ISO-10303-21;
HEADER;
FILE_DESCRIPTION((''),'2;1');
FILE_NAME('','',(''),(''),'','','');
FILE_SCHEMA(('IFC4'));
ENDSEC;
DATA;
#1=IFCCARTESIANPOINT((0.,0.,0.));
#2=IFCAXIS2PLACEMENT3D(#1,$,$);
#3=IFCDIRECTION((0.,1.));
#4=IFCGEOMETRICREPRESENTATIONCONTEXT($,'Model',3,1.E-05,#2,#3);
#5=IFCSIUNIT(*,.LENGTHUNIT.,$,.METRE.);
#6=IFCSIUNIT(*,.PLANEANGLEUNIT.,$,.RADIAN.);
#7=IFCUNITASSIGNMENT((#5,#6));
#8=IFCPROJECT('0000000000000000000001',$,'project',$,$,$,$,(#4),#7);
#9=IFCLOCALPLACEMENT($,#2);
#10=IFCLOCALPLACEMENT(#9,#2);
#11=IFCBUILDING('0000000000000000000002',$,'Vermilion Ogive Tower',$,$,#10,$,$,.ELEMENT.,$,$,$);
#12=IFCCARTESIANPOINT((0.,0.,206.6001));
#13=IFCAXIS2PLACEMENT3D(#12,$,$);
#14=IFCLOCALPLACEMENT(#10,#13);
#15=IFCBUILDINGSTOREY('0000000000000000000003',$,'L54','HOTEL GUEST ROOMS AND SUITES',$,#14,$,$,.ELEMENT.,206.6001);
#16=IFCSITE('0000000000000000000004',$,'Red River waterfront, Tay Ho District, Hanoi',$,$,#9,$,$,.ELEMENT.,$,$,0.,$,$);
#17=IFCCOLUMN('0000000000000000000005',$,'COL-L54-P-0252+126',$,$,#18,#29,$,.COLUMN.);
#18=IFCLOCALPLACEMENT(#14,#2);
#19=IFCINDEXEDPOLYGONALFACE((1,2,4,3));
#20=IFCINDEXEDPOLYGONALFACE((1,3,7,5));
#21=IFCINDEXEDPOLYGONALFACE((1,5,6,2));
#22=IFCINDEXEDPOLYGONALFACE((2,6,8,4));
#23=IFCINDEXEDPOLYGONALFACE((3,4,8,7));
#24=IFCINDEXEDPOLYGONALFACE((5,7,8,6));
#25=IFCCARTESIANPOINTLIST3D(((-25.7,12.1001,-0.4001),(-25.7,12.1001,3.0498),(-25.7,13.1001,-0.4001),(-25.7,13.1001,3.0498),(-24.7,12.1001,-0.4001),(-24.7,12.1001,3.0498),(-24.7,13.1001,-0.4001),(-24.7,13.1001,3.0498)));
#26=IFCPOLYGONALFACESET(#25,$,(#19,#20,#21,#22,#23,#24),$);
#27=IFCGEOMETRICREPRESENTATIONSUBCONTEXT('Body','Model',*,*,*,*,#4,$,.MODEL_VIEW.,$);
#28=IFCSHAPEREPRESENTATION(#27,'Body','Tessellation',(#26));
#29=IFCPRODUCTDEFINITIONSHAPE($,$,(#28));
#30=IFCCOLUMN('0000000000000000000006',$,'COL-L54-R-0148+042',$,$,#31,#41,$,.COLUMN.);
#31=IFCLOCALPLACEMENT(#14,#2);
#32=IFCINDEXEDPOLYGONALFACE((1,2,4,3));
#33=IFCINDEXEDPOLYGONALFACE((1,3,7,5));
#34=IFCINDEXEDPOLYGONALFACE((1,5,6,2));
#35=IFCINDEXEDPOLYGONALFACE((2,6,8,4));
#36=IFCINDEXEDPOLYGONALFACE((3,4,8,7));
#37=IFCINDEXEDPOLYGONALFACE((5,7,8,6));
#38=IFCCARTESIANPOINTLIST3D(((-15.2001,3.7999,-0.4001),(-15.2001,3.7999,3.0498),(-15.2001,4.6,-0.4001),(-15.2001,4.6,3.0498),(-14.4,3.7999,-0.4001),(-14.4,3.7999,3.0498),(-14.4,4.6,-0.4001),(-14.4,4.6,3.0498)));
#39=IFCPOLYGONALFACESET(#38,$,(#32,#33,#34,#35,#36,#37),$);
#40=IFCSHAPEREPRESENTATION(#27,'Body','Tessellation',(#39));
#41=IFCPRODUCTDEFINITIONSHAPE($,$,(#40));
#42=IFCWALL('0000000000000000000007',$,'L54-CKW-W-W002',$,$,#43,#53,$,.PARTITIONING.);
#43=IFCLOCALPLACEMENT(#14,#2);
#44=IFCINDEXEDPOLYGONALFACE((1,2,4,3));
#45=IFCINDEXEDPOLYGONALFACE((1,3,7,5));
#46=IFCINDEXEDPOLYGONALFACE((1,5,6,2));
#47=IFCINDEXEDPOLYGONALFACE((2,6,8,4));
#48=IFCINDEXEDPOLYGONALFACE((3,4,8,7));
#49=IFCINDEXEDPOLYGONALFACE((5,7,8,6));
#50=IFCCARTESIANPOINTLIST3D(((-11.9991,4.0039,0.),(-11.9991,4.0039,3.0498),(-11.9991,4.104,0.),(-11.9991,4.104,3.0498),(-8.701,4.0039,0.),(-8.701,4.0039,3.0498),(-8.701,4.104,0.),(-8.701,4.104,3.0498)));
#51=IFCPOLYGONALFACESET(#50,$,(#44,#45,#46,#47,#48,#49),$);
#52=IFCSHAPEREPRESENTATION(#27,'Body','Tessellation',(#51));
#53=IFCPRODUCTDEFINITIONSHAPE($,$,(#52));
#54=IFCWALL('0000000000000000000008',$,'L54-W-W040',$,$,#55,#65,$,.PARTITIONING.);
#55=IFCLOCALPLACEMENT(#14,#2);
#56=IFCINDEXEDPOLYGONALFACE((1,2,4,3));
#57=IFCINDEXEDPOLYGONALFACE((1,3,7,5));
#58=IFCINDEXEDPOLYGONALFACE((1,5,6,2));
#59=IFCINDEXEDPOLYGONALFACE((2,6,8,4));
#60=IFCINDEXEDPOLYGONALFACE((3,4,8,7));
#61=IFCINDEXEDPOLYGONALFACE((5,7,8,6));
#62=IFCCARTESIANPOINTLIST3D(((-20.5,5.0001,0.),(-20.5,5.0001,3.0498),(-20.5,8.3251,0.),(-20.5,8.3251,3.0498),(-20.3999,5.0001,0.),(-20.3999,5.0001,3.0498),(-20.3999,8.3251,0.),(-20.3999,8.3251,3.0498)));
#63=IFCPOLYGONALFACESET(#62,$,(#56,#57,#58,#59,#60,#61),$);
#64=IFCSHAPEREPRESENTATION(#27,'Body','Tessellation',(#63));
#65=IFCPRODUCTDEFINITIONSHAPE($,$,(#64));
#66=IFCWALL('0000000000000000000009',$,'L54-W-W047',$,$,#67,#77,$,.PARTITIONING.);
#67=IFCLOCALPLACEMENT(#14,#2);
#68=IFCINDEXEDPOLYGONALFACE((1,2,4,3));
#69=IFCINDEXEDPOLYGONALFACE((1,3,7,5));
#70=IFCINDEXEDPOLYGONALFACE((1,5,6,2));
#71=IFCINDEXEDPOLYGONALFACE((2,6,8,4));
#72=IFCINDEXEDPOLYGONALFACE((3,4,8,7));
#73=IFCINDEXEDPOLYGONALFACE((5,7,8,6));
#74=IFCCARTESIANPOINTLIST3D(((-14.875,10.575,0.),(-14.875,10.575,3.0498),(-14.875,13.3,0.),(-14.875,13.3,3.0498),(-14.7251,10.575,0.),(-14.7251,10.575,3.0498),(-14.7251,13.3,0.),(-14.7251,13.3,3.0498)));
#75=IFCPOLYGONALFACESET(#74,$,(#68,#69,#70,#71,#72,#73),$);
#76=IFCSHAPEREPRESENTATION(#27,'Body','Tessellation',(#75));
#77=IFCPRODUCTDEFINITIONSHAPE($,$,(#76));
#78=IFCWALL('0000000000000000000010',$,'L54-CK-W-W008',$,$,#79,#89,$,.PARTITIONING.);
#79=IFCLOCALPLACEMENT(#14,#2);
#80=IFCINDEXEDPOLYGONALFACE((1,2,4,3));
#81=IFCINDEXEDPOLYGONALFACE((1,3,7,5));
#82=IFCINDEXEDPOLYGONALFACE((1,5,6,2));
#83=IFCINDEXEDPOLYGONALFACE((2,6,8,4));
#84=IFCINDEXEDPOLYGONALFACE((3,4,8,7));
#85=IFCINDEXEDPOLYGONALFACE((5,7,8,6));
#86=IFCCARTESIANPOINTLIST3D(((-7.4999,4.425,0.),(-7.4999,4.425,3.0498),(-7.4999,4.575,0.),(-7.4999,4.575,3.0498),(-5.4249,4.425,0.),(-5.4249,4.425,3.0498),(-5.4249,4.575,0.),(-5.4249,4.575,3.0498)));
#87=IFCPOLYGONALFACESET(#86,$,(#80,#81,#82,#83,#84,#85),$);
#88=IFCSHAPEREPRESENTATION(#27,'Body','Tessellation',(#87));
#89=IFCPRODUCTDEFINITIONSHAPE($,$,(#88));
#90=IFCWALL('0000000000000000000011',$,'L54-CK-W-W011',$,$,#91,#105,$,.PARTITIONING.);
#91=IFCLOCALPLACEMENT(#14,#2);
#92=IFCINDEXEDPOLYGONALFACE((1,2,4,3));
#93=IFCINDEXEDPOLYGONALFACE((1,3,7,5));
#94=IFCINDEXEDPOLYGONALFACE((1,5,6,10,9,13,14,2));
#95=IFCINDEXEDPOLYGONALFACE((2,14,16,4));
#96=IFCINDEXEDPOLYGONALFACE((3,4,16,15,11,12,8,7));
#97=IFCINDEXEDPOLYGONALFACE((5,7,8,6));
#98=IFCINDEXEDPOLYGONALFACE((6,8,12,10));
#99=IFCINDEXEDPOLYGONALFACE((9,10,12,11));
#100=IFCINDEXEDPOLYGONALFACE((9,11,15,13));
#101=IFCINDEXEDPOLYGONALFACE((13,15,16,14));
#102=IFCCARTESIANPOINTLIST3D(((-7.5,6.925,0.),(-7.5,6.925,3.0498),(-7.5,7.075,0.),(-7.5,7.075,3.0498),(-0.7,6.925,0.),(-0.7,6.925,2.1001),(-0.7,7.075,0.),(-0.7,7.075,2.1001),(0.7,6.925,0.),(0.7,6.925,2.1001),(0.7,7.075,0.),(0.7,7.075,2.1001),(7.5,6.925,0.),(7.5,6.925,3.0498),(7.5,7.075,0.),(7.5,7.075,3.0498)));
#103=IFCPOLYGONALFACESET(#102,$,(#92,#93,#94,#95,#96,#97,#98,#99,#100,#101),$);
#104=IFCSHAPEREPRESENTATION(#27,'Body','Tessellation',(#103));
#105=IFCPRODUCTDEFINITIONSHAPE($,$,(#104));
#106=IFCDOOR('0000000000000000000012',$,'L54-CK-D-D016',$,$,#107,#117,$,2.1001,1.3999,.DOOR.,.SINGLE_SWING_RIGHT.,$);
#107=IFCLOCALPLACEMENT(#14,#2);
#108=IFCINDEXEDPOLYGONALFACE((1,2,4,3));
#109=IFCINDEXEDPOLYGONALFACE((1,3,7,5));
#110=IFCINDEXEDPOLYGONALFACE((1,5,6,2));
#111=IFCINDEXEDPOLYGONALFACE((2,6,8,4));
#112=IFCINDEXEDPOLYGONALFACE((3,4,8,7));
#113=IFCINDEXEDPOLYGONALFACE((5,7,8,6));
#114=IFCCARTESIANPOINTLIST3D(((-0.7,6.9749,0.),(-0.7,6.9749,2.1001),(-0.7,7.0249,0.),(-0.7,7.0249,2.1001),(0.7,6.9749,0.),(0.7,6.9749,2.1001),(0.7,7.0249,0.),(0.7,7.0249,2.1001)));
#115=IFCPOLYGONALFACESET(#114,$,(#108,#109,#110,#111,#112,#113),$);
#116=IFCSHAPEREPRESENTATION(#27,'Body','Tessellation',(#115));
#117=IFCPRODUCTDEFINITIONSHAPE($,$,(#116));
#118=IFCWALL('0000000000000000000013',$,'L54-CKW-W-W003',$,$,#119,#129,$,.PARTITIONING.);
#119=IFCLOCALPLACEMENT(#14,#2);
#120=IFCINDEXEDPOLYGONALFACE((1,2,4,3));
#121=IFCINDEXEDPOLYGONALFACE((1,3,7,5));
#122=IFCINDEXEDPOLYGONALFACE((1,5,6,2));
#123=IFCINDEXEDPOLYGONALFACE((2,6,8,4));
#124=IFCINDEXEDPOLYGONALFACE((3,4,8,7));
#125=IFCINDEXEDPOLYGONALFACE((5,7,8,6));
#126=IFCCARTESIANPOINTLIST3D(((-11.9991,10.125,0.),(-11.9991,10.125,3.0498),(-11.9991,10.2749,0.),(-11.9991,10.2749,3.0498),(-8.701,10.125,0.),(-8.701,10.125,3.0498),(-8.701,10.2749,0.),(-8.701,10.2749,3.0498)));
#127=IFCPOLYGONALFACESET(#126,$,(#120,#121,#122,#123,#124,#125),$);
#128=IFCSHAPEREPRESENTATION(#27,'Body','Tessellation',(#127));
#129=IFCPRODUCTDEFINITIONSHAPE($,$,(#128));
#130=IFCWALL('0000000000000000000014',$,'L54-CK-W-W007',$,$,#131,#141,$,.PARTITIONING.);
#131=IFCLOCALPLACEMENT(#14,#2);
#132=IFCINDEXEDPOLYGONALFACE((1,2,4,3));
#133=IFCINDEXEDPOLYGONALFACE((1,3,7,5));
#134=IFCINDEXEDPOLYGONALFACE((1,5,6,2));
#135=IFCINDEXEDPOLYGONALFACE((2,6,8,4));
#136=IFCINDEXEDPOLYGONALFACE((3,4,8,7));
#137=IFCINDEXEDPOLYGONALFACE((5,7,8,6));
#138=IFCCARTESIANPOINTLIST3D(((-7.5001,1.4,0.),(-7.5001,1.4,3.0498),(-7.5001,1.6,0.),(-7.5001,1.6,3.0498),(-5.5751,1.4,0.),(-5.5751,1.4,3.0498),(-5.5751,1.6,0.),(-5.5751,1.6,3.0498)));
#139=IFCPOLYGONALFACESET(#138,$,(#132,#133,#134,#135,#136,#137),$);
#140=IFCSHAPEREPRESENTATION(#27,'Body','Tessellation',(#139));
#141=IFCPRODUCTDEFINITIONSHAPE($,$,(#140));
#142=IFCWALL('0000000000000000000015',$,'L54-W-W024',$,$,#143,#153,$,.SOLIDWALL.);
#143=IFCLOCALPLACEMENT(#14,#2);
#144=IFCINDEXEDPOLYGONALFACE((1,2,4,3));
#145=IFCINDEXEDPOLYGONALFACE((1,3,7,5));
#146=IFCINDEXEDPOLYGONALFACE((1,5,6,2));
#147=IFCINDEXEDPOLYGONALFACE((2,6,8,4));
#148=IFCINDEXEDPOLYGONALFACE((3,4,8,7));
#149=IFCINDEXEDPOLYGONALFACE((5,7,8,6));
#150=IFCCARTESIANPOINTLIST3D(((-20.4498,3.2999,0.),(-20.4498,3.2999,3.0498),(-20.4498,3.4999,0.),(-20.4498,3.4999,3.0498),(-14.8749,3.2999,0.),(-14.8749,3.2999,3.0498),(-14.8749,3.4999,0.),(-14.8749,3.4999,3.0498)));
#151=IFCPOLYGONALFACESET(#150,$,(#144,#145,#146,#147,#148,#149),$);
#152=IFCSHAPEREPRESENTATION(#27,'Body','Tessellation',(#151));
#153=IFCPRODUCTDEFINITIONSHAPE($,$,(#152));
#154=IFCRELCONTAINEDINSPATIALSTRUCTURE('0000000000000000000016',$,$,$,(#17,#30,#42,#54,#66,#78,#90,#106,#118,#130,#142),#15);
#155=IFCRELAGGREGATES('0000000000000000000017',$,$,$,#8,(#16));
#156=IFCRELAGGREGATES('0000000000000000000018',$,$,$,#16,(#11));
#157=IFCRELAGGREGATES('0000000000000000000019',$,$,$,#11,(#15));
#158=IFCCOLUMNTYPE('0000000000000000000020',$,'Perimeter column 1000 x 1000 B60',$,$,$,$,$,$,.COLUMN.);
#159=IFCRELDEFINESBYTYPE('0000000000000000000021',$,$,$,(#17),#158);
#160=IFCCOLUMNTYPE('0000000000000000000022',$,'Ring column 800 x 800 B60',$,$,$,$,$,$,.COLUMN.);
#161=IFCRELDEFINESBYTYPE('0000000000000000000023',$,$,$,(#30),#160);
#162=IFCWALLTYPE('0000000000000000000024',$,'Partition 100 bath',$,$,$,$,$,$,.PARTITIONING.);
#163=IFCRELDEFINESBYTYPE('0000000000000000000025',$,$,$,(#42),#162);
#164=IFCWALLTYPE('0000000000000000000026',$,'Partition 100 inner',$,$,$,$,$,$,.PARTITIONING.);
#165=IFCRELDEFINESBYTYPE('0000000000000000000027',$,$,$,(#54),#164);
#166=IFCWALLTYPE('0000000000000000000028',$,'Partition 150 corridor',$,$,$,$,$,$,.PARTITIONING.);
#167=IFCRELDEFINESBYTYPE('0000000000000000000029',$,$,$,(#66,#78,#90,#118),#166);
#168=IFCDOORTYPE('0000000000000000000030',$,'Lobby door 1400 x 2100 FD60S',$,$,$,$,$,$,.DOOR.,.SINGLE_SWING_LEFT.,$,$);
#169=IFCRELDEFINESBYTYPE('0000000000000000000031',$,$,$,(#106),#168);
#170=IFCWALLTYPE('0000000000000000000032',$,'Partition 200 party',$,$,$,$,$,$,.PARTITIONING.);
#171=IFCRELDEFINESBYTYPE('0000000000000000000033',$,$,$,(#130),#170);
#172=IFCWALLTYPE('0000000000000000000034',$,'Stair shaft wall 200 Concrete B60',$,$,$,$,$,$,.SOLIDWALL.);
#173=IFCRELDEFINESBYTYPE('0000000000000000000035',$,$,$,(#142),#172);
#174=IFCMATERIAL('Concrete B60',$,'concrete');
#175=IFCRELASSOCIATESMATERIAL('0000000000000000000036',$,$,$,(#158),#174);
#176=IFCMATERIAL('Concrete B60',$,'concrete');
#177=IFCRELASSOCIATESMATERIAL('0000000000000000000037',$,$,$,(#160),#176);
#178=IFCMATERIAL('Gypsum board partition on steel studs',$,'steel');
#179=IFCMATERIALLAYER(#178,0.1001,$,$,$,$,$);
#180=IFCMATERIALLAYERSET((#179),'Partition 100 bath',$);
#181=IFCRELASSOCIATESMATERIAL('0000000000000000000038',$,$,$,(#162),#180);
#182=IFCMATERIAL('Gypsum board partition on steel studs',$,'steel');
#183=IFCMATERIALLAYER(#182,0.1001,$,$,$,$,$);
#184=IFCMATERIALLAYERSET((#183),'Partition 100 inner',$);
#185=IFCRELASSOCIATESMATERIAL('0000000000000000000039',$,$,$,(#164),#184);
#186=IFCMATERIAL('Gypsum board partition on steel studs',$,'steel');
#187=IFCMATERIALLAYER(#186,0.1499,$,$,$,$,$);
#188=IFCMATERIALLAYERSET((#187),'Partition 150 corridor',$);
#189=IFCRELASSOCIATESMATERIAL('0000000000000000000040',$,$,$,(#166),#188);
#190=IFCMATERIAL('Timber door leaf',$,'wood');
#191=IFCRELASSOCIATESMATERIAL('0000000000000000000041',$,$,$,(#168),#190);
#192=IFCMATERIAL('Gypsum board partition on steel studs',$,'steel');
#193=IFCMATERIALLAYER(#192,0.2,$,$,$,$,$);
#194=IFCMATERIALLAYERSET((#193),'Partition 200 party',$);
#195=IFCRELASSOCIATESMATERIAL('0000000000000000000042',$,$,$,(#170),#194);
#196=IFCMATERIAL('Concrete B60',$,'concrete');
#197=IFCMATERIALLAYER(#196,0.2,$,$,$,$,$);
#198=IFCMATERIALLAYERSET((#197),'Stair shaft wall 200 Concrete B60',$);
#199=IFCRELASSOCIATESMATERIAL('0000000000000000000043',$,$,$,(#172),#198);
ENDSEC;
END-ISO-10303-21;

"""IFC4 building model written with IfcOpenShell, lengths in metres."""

from ifc_helpers import new_model, si_unit, direction, frame, frame_2d, origin, origin_2d, place, context, subcontext, project, spatial, rectangle, extrude, material, layer, layer_set, material_profile, profile_set, type_object, element, fill, save


model = new_model("IFC4")

# Units and contexts
model_context = context("Model", 3, precision=1e-05, world=origin(), true_north=direction((0.0, 1.0)))
body_context = subcontext(model_context, "Body", "Model", "MODEL_VIEW")
ifc_project = project(units=[si_unit("LENGTHUNIT", "METRE"), si_unit("PLANEANGLEUNIT", "RADIAN")], contexts=[model_context])

# Site, building, storey
site_placement = place(None, origin())
site = spatial("IfcSite", under=ifc_project, at=site_placement, Name="Red River waterfront, Tay Ho District, Hanoi", CompositionType="ELEMENT", RefElevation=0.0)
building_placement = place(site_placement, origin())
building = spatial("IfcBuilding", under=site, at=building_placement, Name="Vermilion Ogive Tower", CompositionType="ELEMENT")
storey_placement = place(building_placement, frame((0.0, 0.0, 206.6001)))
storey = spatial("IfcBuildingStorey", under=building, at=storey_placement, Name="L54", Description="HOTEL GUEST ROOMS AND SUITES", CompositionType="ELEMENT", Elevation=206.6001)

# Columns
ifc_material_1 = material(Name="Concrete B60", Category="concrete")
ifc_material_profile_1 = material_profile(ifc_material_1, rectangle(XDim=1.0, YDim=1.0, at=origin_2d()), Name="1000 x 1000")
ifc_profile_set_1 = profile_set([ifc_material_profile_1], Name="Concrete B60")
column_type_1 = type_object("IfcColumnType", Name="Perimeter column 1000 x 1000 B60", PredefinedType="COLUMN", material=ifc_profile_set_1)
column_1_placement = place(storey_placement, frame((-25.2, 12.6001, -0.4001), z_axis=(0.0, 0.0, 1.0), x_axis=(1.0, 0.0, 0.0)))
element("IfcColumn", 1, at=column_1_placement, inside=storey, type_object=column_type_1, Name="COL-L54-P-0252+126", PredefinedType="COLUMN", context=body_context, shape_type="SweptSolid", body=[
    extrude(rectangle(XDim=1.0, YDim=1.0, at=origin_2d()), origin(), (0.0, 0.0, 1.0), 3.45),
])
ifc_material_2 = material(Name="Concrete B60", Category="concrete")
ifc_material_profile_2 = material_profile(ifc_material_2, rectangle(XDim=0.8, YDim=0.8, at=origin_2d()), Name="800 x 800")
ifc_profile_set_2 = profile_set([ifc_material_profile_2], Name="Concrete B60")
column_type_2 = type_object("IfcColumnType", Name="Ring column 800 x 800 B60", PredefinedType="COLUMN", material=ifc_profile_set_2)
column_2_placement = place(storey_placement, frame((-14.8, 4.2, -0.4001), z_axis=(0.0, 0.0, 1.0), x_axis=(1.0, 0.0, 0.0)))
element("IfcColumn", 2, at=column_2_placement, inside=storey, type_object=column_type_2, Name="COL-L54-R-0148+042", PredefinedType="COLUMN", context=body_context, shape_type="SweptSolid", body=[
    extrude(rectangle(XDim=0.8, YDim=0.8, at=origin_2d()), origin(), (0.0, 0.0, 1.0), 3.45),
])

# Walls
ifc_material_3 = material(Name="Gypsum board partition on steel studs", Category="steel")
ifc_layer_1 = layer(ifc_material_3, 0.1001)
ifc_layer_set_1 = layer_set([ifc_layer_1], Name="Partition 100 bath")
wall_type_1 = type_object("IfcWallType", Name="Partition 100 bath", PredefinedType="PARTITIONING", material=ifc_layer_set_1)
wall_1_placement = place(storey_placement, frame((-11.999, 4.054, 0.0), z_axis=(0.0, 0.0, 1.0), x_axis=(1.0, 0.0, 0.0)))
element("IfcWall", 3, at=wall_1_placement, inside=storey, type_object=wall_type_1, Name="L54-CKW-W-W002", PredefinedType="PARTITIONING", context=body_context, shape_type="SweptSolid", body=[
    extrude(rectangle(XDim=3.2981, YDim=0.1001, at=frame_2d((1.6489, 0.0))), origin(), (0.0, 0.0, 1.0), 3.0498),
])
ifc_material_4 = material(Name="Gypsum board partition on steel studs", Category="steel")
ifc_layer_2 = layer(ifc_material_4, 0.1001)
ifc_layer_set_2 = layer_set([ifc_layer_2], Name="Partition 100 inner")
wall_type_2 = type_object("IfcWallType", Name="Partition 100 inner", PredefinedType="PARTITIONING", material=ifc_layer_set_2)
wall_2_placement = place(storey_placement, frame((-20.45, 5.0, 0.0), z_axis=(0.0, 0.0, 1.0), x_axis=(0.0, 1.0, 0.0)))
element("IfcWall", 4, at=wall_2_placement, inside=storey, type_object=wall_type_2, Name="L54-W-W040", PredefinedType="PARTITIONING", context=body_context, shape_type="SweptSolid", body=[
    extrude(rectangle(XDim=3.325, YDim=0.1001, at=frame_2d((1.6626, 0.0))), origin(), (0.0, 0.0, 1.0), 3.0498),
])
ifc_material_5 = material(Name="Gypsum board partition on steel studs", Category="steel")
ifc_layer_3 = layer(ifc_material_5, 0.1499)
ifc_layer_set_3 = layer_set([ifc_layer_3], Name="Partition 150 corridor")
wall_type_3 = type_object("IfcWallType", Name="Partition 150 corridor", PredefinedType="PARTITIONING", material=ifc_layer_set_3)
wall_3_placement = place(storey_placement, frame((-14.8, 10.575, 0.0), z_axis=(0.0, 0.0, 1.0), x_axis=(0.0, 1.0, 0.0)))
element("IfcWall", 5, at=wall_3_placement, inside=storey, type_object=wall_type_3, Name="L54-W-W047", PredefinedType="PARTITIONING", context=body_context, shape_type="SweptSolid", body=[
    extrude(rectangle(XDim=2.7251, YDim=0.1499, at=frame_2d((1.3625, 0.0))), origin(), (0.0, 0.0, 1.0), 3.0498),
])
wall_4_placement = place(storey_placement, frame((-7.5, 4.5, 0.0), z_axis=(0.0, 0.0, 1.0), x_axis=(1.0, 0.0, 0.0)))
element("IfcWall", 6, at=wall_4_placement, inside=storey, type_object=wall_type_3, Name="L54-CK-W-W008", PredefinedType="PARTITIONING", context=body_context, shape_type="SweptSolid", body=[
    extrude(rectangle(XDim=2.075, YDim=0.1499, at=frame_2d((1.0376, 0.0))), origin(), (0.0, 0.0, 1.0), 3.0498),
])

# Wall, opening, door
wall_5_placement = place(storey_placement, frame((-7.5, 7.0, 0.0), z_axis=(0.0, 0.0, 1.0), x_axis=(1.0, 0.0, 0.0)))
wall_5 = element("IfcWall", 7, at=wall_5_placement, inside=storey, type_object=wall_type_3, Name="L54-CK-W-W011", PredefinedType="PARTITIONING", context=body_context, shape_type="SweptSolid", body=[
    extrude(rectangle(XDim=15.0, YDim=0.1499, at=frame_2d((7.5, 0.0))), origin(), (0.0, 0.0, 1.0), 3.0498),
])
opening_placement = place(wall_5_placement, frame((6.8, 0.0, 0.0)))
opening = element("IfcOpeningElement", 8, at=opening_placement, cuts=wall_5, PredefinedType="OPENING", context=body_context, shape_type="SweptSolid", body=[
    extrude(rectangle(XDim=1.3999, YDim=2.1001, at=frame_2d((0.7, 1.05))), frame((0.0, 0.085, 0.0), z_axis=(0.0, -1.0, 0.0), x_axis=(1.0, 0.0, 0.0)), (0.0, 0.0, 1.0), 0.1699),
])
ifc_material_6 = material(Name="Timber door leaf", Category="wood")
door_type = type_object("IfcDoorType", Name="Lobby door 1400 x 2100 FD60S", OperationType="SINGLE_SWING_LEFT", PredefinedType="DOOR", material=ifc_material_6)
door_placement = place(opening_placement, origin())
door = element("IfcDoor", 9, at=door_placement, inside=storey, type_object=door_type, Name="L54-CK-D-D016", OperationType="SINGLE_SWING_RIGHT", OverallHeight=2.1001, OverallWidth=1.3999, PredefinedType="DOOR", context=body_context, shape_type="SweptSolid", body=[
    extrude(rectangle(XDim=1.3999, YDim=2.1001, at=frame_2d((0.7, 1.05))), frame((0.0, 0.0249, 0.0), z_axis=(0.0, -1.0, 0.0), x_axis=(1.0, 0.0, 0.0)), (0.0, 0.0, 1.0), 0.05),
])
fill(opening, door)

# Walls
wall_6_placement = place(storey_placement, frame((-11.999, 10.2, 0.0), z_axis=(0.0, 0.0, 1.0), x_axis=(1.0, 0.0, 0.0)))
element("IfcWall", 10, at=wall_6_placement, inside=storey, type_object=wall_type_3, Name="L54-CKW-W-W003", PredefinedType="PARTITIONING", context=body_context, shape_type="SweptSolid", body=[
    extrude(rectangle(XDim=3.2981, YDim=0.1499, at=frame_2d((1.6489, 0.0))), origin(), (0.0, 0.0, 1.0), 3.0498),
])
ifc_material_7 = material(Name="Gypsum board partition on steel studs", Category="steel")
ifc_layer_4 = layer(ifc_material_7, 0.2)
ifc_layer_set_4 = layer_set([ifc_layer_4], Name="Partition 200 party")
wall_type_4 = type_object("IfcWallType", Name="Partition 200 party", PredefinedType="PARTITIONING", material=ifc_layer_set_4)
wall_7_placement = place(storey_placement, frame((-7.5, 1.5, 0.0), z_axis=(0.0, 0.0, 1.0), x_axis=(1.0, 0.0, 0.0)))
element("IfcWall", 11, at=wall_7_placement, inside=storey, type_object=wall_type_4, Name="L54-CK-W-W007", PredefinedType="PARTITIONING", context=body_context, shape_type="SweptSolid", body=[
    extrude(rectangle(XDim=1.925, YDim=0.2, at=frame_2d((0.9624, 0.0))), origin(), (0.0, 0.0, 1.0), 3.0498),
])
ifc_material_8 = material(Name="Concrete B60", Category="concrete")
ifc_layer_5 = layer(ifc_material_8, 0.2)
ifc_layer_set_5 = layer_set([ifc_layer_5], Name="Stair shaft wall 200 Concrete B60")
wall_type_5 = type_object("IfcWallType", Name="Stair shaft wall 200 Concrete B60", PredefinedType="SOLIDWALL", material=ifc_layer_set_5)
wall_8_placement = place(storey_placement, frame((-20.45, 3.3999, 0.0), z_axis=(0.0, 0.0, 1.0), x_axis=(1.0, 0.0, 0.0)))
element("IfcWall", 12, at=wall_8_placement, inside=storey, type_object=wall_type_5, Name="L54-W-W024", PredefinedType="SOLIDWALL", context=body_context, shape_type="SweptSolid", body=[
    extrude(rectangle(XDim=5.575, YDim=0.2, at=frame_2d((2.7876, 0.0))), origin(), (0.0, 0.0, 1.0), 3.0498),
])

save(model, "model.ifc")
